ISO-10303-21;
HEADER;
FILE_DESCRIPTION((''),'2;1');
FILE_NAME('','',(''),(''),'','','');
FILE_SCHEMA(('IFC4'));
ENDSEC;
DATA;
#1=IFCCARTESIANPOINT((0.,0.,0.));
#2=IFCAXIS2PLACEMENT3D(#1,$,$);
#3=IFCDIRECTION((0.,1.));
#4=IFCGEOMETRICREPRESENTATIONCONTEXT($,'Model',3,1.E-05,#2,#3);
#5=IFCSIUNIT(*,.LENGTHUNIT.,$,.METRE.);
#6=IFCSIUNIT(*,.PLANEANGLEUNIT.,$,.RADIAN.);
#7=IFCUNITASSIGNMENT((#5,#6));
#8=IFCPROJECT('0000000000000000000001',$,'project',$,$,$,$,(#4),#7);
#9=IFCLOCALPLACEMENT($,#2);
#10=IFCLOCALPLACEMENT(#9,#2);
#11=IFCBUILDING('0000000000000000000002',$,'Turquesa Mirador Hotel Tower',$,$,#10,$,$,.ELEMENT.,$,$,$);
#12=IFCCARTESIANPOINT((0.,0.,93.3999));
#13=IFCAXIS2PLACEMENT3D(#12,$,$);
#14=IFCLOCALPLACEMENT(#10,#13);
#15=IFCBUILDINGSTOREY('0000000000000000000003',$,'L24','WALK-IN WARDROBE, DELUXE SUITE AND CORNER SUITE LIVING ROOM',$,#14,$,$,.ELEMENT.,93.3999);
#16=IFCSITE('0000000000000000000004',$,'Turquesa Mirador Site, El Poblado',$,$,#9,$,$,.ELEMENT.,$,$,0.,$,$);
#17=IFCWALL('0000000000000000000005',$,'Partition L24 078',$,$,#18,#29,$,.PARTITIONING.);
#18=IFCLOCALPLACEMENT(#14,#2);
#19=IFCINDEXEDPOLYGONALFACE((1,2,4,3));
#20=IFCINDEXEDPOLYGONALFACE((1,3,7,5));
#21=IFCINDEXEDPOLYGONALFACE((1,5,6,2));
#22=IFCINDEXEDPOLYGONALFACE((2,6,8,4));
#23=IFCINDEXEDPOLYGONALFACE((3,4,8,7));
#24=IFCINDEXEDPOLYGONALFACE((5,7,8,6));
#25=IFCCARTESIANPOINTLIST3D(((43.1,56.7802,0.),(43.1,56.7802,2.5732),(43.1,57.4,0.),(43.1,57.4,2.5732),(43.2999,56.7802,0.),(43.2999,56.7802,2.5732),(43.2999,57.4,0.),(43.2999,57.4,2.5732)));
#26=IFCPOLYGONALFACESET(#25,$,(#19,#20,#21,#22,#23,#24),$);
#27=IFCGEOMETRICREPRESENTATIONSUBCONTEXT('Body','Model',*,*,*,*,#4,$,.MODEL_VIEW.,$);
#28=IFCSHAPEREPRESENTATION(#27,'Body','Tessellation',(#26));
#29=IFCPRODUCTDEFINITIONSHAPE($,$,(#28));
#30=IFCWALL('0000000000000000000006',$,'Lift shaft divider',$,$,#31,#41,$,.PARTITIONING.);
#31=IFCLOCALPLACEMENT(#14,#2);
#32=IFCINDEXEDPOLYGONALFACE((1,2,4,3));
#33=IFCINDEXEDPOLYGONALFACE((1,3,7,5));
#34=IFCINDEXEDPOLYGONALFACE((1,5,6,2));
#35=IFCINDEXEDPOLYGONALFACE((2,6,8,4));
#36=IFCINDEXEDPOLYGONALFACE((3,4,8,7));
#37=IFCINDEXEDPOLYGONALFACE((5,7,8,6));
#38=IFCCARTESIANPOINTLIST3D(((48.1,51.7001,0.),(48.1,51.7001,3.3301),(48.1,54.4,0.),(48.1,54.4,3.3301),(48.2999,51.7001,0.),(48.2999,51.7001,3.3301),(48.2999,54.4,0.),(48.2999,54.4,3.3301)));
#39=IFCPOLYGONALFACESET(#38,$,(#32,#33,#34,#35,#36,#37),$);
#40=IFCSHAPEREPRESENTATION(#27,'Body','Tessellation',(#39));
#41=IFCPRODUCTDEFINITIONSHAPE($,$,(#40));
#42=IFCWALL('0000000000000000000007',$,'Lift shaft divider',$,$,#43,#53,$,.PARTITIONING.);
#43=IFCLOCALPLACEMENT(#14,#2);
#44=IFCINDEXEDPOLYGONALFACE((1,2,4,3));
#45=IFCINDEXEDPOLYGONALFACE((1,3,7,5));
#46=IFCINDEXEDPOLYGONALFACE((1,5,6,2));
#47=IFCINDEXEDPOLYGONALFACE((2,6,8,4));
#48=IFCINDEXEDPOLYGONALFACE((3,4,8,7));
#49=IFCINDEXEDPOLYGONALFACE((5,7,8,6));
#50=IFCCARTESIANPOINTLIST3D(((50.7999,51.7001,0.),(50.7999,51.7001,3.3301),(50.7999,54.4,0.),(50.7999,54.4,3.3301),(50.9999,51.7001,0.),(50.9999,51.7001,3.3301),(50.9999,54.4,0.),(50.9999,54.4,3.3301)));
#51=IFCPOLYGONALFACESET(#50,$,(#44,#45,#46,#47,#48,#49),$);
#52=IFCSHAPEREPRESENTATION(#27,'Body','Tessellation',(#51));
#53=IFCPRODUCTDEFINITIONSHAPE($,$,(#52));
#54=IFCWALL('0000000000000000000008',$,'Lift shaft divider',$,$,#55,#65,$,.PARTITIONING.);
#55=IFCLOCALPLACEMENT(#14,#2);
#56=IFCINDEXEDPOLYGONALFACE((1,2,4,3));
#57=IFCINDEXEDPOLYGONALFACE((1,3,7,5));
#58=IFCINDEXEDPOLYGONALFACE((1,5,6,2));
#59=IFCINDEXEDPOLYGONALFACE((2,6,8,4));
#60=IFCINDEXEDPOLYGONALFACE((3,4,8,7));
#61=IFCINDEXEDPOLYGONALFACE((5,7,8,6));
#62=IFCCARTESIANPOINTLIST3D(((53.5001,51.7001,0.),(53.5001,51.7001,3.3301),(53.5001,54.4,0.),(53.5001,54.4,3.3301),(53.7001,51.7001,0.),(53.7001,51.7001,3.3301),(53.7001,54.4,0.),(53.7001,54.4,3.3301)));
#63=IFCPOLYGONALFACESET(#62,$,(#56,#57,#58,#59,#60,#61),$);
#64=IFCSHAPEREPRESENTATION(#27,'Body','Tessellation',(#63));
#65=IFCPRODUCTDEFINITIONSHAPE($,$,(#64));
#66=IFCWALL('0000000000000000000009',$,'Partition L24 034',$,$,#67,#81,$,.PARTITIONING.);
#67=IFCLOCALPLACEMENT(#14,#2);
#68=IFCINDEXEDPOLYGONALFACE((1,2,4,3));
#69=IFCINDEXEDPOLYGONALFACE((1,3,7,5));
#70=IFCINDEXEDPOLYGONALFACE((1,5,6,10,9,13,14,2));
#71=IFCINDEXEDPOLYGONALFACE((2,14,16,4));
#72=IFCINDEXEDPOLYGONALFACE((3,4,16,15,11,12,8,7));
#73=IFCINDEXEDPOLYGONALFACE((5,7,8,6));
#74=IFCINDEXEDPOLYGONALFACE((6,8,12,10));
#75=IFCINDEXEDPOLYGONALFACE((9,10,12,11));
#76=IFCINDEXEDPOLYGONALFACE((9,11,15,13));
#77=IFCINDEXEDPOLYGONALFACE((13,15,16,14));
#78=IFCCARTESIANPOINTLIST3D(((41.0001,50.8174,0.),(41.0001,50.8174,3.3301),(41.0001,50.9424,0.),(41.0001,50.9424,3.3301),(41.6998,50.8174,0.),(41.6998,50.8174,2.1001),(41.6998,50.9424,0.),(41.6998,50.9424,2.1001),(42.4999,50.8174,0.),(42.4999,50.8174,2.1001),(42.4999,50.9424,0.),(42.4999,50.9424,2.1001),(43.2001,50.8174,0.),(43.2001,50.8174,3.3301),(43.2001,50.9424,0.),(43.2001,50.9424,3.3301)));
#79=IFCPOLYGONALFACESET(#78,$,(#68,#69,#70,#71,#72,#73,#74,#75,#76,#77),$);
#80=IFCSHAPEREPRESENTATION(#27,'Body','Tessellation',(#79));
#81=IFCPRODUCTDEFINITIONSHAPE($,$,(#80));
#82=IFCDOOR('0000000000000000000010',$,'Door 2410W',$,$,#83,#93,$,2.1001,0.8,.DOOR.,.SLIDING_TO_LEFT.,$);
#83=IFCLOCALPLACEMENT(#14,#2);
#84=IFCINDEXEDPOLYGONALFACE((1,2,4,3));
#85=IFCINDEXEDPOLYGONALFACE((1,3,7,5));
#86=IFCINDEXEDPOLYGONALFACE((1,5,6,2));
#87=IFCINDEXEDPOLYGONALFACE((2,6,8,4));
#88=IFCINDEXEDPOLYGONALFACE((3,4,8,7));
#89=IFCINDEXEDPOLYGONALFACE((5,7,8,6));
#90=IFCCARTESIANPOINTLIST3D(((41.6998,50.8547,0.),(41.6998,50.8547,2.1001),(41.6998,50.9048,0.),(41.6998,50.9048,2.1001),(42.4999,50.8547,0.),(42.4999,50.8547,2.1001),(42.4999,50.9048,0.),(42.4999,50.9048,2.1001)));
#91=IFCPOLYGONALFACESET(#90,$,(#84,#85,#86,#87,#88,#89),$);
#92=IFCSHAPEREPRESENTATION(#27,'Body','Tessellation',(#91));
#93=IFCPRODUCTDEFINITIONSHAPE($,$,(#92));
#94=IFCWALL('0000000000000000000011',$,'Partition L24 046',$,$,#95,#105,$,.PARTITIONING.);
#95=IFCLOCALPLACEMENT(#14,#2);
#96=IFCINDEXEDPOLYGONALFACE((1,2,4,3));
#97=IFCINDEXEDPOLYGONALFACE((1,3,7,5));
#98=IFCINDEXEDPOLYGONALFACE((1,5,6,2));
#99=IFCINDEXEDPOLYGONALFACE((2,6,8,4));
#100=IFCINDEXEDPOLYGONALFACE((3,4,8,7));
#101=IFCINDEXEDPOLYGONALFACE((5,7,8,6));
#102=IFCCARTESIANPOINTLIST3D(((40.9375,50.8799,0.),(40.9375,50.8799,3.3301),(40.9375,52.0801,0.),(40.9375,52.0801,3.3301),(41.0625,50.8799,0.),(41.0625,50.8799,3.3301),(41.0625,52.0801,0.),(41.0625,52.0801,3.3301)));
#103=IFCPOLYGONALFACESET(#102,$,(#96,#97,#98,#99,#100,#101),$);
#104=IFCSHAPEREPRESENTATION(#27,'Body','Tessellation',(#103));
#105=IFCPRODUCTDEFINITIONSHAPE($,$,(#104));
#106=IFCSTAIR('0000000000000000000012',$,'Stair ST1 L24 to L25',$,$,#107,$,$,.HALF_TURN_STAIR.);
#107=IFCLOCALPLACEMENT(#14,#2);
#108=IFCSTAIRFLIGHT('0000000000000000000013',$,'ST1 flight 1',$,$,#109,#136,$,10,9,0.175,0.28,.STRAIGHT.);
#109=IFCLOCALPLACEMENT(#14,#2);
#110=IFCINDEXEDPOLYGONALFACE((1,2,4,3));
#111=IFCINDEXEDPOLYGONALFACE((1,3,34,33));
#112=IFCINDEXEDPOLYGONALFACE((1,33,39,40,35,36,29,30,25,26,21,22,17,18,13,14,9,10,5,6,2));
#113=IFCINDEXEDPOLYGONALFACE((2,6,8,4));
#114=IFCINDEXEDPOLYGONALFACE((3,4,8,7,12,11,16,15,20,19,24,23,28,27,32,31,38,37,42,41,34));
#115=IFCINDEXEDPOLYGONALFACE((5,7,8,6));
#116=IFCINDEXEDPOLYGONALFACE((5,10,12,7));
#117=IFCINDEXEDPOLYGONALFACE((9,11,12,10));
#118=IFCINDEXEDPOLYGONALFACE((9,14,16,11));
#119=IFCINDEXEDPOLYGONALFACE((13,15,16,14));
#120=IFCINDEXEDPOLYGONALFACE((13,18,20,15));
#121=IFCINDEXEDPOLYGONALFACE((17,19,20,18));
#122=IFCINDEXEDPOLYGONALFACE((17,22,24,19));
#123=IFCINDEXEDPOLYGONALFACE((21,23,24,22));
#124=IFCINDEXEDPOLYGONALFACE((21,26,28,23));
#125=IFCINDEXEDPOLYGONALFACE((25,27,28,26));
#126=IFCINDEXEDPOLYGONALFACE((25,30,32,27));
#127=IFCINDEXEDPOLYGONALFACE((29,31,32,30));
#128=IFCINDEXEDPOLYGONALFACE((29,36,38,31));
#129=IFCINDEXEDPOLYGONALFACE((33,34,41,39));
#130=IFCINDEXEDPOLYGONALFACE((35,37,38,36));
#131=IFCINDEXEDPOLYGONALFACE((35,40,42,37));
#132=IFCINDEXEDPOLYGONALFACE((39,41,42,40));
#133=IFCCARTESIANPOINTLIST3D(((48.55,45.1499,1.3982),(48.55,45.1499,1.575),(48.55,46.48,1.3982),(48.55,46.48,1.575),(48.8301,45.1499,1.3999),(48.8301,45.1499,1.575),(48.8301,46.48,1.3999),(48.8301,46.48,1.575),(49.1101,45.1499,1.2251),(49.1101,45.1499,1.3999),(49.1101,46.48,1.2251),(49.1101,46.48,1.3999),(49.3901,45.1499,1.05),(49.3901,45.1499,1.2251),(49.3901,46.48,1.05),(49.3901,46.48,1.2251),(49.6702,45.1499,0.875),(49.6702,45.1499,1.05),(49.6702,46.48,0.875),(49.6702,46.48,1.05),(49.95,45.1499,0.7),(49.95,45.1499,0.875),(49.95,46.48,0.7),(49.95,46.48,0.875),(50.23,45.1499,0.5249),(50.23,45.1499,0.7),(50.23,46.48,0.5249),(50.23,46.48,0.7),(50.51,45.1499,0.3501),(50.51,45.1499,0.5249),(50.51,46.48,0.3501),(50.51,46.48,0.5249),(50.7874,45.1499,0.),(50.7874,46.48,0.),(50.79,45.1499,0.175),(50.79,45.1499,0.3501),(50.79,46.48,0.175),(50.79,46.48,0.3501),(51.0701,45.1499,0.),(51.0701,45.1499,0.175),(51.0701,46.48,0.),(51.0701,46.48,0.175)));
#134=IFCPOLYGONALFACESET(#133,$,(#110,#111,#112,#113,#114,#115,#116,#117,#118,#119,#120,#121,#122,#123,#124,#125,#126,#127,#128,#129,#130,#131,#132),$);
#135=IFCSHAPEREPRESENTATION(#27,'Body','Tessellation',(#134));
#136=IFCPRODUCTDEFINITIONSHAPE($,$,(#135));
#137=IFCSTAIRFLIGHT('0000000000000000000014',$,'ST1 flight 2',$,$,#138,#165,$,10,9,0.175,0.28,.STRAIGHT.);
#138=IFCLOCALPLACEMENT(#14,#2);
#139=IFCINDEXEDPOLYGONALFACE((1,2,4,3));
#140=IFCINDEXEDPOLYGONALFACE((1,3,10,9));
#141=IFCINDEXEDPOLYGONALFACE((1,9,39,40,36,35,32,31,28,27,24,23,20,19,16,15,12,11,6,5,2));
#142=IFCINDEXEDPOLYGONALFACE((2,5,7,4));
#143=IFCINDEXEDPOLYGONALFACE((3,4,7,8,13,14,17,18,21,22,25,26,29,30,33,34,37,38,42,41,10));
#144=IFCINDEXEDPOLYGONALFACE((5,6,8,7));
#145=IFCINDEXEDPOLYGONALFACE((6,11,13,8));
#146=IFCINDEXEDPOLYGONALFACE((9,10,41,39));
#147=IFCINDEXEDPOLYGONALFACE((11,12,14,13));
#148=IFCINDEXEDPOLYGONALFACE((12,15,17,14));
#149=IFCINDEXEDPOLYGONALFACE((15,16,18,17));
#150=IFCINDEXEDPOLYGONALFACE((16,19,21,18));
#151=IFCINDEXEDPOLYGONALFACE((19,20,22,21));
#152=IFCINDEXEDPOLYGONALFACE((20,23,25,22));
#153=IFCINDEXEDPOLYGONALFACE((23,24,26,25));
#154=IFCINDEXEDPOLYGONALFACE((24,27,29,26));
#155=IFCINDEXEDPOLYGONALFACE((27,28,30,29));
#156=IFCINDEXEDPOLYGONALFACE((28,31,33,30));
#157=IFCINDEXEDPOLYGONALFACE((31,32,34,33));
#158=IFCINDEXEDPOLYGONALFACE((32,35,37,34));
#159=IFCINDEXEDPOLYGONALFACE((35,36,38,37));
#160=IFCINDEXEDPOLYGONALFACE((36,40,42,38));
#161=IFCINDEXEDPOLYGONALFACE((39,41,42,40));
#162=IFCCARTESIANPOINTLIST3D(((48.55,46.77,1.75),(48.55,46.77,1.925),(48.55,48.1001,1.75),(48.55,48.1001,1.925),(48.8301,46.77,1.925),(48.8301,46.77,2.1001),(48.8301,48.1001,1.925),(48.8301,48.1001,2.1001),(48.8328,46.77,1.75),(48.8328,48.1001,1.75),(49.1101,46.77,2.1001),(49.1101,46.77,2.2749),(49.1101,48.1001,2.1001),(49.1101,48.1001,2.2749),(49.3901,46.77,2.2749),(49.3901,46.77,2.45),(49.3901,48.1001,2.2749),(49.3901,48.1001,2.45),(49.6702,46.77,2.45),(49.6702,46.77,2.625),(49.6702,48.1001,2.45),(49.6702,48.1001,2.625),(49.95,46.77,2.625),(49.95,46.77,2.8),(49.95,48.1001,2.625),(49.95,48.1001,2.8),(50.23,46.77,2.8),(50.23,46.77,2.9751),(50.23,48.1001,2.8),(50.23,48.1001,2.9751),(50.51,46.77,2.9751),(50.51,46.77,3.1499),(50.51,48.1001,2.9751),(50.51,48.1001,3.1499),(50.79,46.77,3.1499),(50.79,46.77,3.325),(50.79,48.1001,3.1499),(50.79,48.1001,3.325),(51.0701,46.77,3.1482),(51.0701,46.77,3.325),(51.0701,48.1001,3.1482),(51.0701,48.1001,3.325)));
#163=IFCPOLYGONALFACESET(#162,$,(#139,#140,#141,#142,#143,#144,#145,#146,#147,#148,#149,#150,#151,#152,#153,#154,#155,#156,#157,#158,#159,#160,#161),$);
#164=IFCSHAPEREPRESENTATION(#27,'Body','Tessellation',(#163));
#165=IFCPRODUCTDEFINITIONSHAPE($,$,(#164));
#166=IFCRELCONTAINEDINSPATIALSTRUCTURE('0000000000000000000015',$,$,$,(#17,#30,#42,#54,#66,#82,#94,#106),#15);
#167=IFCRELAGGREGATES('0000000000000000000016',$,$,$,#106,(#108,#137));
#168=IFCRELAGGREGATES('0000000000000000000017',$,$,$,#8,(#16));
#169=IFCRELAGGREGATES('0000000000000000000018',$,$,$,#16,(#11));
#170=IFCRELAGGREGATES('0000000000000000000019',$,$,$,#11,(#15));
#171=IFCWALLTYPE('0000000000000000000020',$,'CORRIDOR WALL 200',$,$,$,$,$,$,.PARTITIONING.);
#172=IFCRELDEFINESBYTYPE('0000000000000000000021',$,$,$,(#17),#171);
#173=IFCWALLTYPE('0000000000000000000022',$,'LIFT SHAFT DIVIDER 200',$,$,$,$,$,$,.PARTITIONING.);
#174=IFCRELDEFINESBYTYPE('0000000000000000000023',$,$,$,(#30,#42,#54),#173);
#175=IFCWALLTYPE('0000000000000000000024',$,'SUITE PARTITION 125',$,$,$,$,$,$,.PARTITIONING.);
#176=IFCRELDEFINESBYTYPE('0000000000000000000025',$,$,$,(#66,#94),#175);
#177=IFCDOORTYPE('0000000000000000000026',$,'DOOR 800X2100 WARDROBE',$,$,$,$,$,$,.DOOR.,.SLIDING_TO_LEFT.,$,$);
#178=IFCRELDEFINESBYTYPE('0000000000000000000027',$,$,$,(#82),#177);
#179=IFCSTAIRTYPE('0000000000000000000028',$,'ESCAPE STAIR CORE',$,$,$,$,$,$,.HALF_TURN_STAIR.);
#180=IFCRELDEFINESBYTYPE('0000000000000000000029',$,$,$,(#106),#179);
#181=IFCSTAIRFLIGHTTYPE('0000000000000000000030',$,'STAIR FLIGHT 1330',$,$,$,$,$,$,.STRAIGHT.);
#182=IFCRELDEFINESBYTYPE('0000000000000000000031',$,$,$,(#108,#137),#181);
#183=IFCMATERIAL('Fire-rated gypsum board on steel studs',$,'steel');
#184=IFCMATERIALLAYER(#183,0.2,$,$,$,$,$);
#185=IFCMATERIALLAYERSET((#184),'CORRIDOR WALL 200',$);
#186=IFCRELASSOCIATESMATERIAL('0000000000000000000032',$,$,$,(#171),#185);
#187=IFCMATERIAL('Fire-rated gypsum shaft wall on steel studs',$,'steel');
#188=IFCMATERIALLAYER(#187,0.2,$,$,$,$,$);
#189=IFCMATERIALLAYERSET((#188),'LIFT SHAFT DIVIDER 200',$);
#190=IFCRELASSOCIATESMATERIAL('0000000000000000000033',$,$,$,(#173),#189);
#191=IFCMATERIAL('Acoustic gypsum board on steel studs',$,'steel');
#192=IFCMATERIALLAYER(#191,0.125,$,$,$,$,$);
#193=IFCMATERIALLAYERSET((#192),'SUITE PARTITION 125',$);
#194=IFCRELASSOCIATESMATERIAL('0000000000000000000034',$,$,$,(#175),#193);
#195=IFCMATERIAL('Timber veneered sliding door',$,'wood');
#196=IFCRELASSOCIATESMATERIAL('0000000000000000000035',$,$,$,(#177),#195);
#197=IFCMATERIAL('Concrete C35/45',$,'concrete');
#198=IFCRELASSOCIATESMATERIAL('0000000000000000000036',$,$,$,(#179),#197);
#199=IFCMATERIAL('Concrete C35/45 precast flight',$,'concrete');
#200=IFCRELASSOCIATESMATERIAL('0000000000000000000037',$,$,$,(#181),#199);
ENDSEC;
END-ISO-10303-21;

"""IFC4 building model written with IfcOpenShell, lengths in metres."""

from ifc_helpers import new_model, si_unit, direction, frame, frame_2d, origin, place, context, subcontext, project, spatial, polyline, rectangle, outline, extrude, material, layer, layer_set, type_object, element, fill, aggregate, save


model = new_model("IFC4")

# Units and contexts
model_context = context("Model", 3, precision=1e-05, world=origin(), true_north=direction((0.0, 1.0)))
body_context = subcontext(model_context, "Body", "Model", "MODEL_VIEW")
ifc_project = project(units=[si_unit("LENGTHUNIT", "METRE"), si_unit("PLANEANGLEUNIT", "RADIAN")], contexts=[model_context])

# Site, building, storey
site_placement = place(None, origin())
site = spatial("IfcSite", under=ifc_project, at=site_placement, Name="Turquesa Mirador Site, El Poblado", CompositionType="ELEMENT", RefElevation=0.0)
building_placement = place(site_placement, origin())
building = spatial("IfcBuilding", under=site, at=building_placement, Name="Turquesa Mirador Hotel Tower", CompositionType="ELEMENT")
storey_placement = place(building_placement, frame((0.0, 0.0, 93.3999)))
storey = spatial("IfcBuildingStorey", under=building, at=storey_placement, Name="L24", Description="WALK-IN WARDROBE, DELUXE SUITE AND CORNER SUITE LIVING ROOM", CompositionType="ELEMENT", Elevation=93.3999)

# Walls
ifc_material_1 = material(Name="Fire-rated gypsum board on steel studs", Category="steel")
ifc_layer_1 = layer(ifc_material_1, 0.2)
ifc_layer_set_1 = layer_set([ifc_layer_1], Name="CORRIDOR WALL 200")
wall_type_1 = type_object("IfcWallType", Name="CORRIDOR WALL 200", PredefinedType="PARTITIONING", material=ifc_layer_set_1)
wall_1_placement = place(storey_placement, frame((43.2, 56.78, 0.0), z_axis=(0.0, 0.0, 1.0), x_axis=(0.0, 1.0, 0.0)))
element("IfcWall", 1, at=wall_1_placement, inside=storey, type_object=wall_type_1, Name="Partition L24 078", PredefinedType="PARTITIONING", context=body_context, shape_type="SweptSolid", body=[
    extrude(rectangle(XDim=0.6199, YDim=0.2, at=frame_2d((0.3101, 0.0))), origin(), (0.0, 0.0, 1.0), 2.5732),
])
ifc_material_2 = material(Name="Fire-rated gypsum shaft wall on steel studs", Category="steel")
ifc_layer_2 = layer(ifc_material_2, 0.2)
ifc_layer_set_2 = layer_set([ifc_layer_2], Name="LIFT SHAFT DIVIDER 200")
wall_type_2 = type_object("IfcWallType", Name="LIFT SHAFT DIVIDER 200", PredefinedType="PARTITIONING", material=ifc_layer_set_2)
for number, where, z_axis, x_axis, name in (
    (2, (48.2, 51.7, 0.0), (0.0, 0.0, 1.0), (0.0, 1.0, 0.0), "Lift shaft divider"),
    (3, (50.8999, 51.7, 0.0), (0.0, 0.0, 1.0), (0.0, 1.0, 0.0), "Lift shaft divider"),
    (4, (53.6001, 51.7, 0.0), (0.0, 0.0, 1.0), (0.0, 1.0, 0.0), "Lift shaft divider"),
):
    element("IfcWall", number, at=place(storey_placement, frame(where, z_axis=z_axis, x_axis=x_axis)), inside=storey, type_object=wall_type_2, Name=name, PredefinedType="PARTITIONING", context=body_context, shape_type="SweptSolid", body=[
        extrude(rectangle(XDim=2.7, YDim=0.2, at=frame_2d((1.3501, 0.0))), origin(), (0.0, 0.0, 1.0), 3.3301),
    ])

# Wall, opening, door
ifc_material_3 = material(Name="Acoustic gypsum board on steel studs", Category="steel")
ifc_layer_3 = layer(ifc_material_3, 0.125)
ifc_layer_set_3 = layer_set([ifc_layer_3], Name="SUITE PARTITION 125")
wall_type_3 = type_object("IfcWallType", Name="SUITE PARTITION 125", PredefinedType="PARTITIONING", material=ifc_layer_set_3)
wall_2_placement = place(storey_placement, frame((41.0, 50.8799, 0.0), z_axis=(0.0, 0.0, 1.0), x_axis=(1.0, 0.0, 0.0)))
wall_2 = element("IfcWall", 5, at=wall_2_placement, inside=storey, type_object=wall_type_3, Name="Partition L24 034", PredefinedType="PARTITIONING", context=body_context, shape_type="SweptSolid", body=[
    extrude(rectangle(XDim=2.2, YDim=0.125, at=frame_2d((1.1001, 0.0))), origin(), (0.0, 0.0, 1.0), 3.3301),
])
opening_1_placement = place(wall_2_placement, frame((0.7, 0.0, 0.0)))
opening_1 = element("IfcOpeningElement", 6, at=opening_1_placement, cuts=wall_2, PredefinedType="OPENING", context=body_context, shape_type="SweptSolid", body=[
    extrude(rectangle(XDim=0.8, YDim=2.1001, at=frame_2d((0.3999, 1.05))), frame((0.0, 0.0725, 0.0), z_axis=(0.0, -1.0, 0.0), x_axis=(1.0, 0.0, 0.0)), (0.0, 0.0, 1.0), 0.145),
])
ifc_material_4 = material(Name="Timber veneered sliding door", Category="wood")
door_type_1 = type_object("IfcDoorType", Name="DOOR 800X2100 WARDROBE", OperationType="SLIDING_TO_LEFT", PredefinedType="DOOR", material=ifc_material_4)
door_1_placement = place(opening_1_placement, origin())
door_1 = element("IfcDoor", 7, at=door_1_placement, inside=storey, type_object=door_type_1, Name="Door 2410W", OperationType="SLIDING_TO_LEFT", OverallHeight=2.1001, OverallWidth=0.8, PredefinedType="DOOR", context=body_context, shape_type="SweptSolid", body=[
    extrude(rectangle(XDim=0.8, YDim=2.1001, at=frame_2d((0.3999, 1.05))), frame((0.0, 0.0249, 0.0), z_axis=(0.0, -1.0, 0.0), x_axis=(1.0, 0.0, 0.0)), (0.0, 0.0, 1.0), 0.05),
])
fill(opening_1, door_1)

# Wall
wall_3_placement = place(storey_placement, frame((41.0, 50.8799, 0.0), z_axis=(0.0, 0.0, 1.0), x_axis=(0.0, 1.0, 0.0)))
element("IfcWall", 8, at=wall_3_placement, inside=storey, type_object=wall_type_3, Name="Partition L24 046", PredefinedType="PARTITIONING", context=body_context, shape_type="SweptSolid", body=[
    extrude(rectangle(XDim=1.2002, YDim=0.125, at=frame_2d((0.6001, 0.0))), origin(), (0.0, 0.0, 1.0), 3.3301),
])

# Stair, stair flights
ifc_material_5 = material(Name="Concrete C35/45", Category="concrete")
stair_type = type_object("IfcStairType", Name="ESCAPE STAIR CORE", PredefinedType="HALF_TURN_STAIR", material=ifc_material_5)
stair_1_placement = place(storey_placement, origin())
stair_1 = element("IfcStair", 9, at=stair_1_placement, inside=storey, type_object=stair_type, Name="Stair ST1 L24 to L25", PredefinedType="HALF_TURN_STAIR")
ifc_material_6 = material(Name="Concrete C35/45 precast flight", Category="concrete")
stair_flight_type = type_object("IfcStairFlightType", Name="STAIR FLIGHT 1330", PredefinedType="STRAIGHT", material=ifc_material_6)
stair_flight_1_placement = place(storey_placement, frame((51.0701, 45.8149, 0.0), z_axis=(0.0, 0.0, 1.0), x_axis=(-1.0, 0.0, 0.0)))
stair_flight_1 = element("IfcStairFlight", 10, at=stair_flight_1_placement, type_object=stair_flight_type, Name="ST1 flight 1", NumberOfRisers=10, NumberOfTreads=9, PredefinedType="STRAIGHT", RiserHeight=0.175, TreadLength=0.28, context=body_context, shape_type="SweptSolid", body=[
    extrude(outline(polyline([(0.0, 0.0), (0.0, 0.175), (0.28, 0.175), (0.28, 0.3501), (0.5601, 0.3501), (0.5601, 0.5249), (0.8401, 0.5249), (0.8401, 0.7), (1.1201, 0.7), (1.1201, 0.875), (1.3999, 0.875), (1.3999, 1.05), (1.6799, 1.05), (1.6799, 1.2251), (1.96, 1.2251), (1.96, 1.3999), (2.24, 1.3999), (2.24, 1.575), (2.52, 1.575), (2.52, 1.75), (2.52, 1.3982), (0.2827, 0.0), (0.0, 0.0)])), frame((0.0, 0.665, 0.0), z_axis=(0.0, -1.0, 0.0), x_axis=(1.0, 0.0, 0.0)), (0.0, 0.0, 1.0), 1.3301),
])
stair_flight_2_placement = place(storey_placement, frame((48.55, 47.4351, 1.75), z_axis=(0.0, 0.0, 1.0), x_axis=(1.0, 0.0, 0.0)))
stair_flight_2 = element("IfcStairFlight", 11, at=stair_flight_2_placement, type_object=stair_flight_type, Name="ST1 flight 2", NumberOfRisers=10, NumberOfTreads=9, PredefinedType="STRAIGHT", RiserHeight=0.175, TreadLength=0.28, context=body_context, shape_type="SweptSolid", body=[
    extrude(outline(polyline([(0.0, 0.0), (0.0, 0.175), (0.28, 0.175), (0.28, 0.3501), (0.5601, 0.3501), (0.5601, 0.5249), (0.8401, 0.5249), (0.8401, 0.7), (1.1201, 0.7), (1.1201, 0.875), (1.3999, 0.875), (1.3999, 1.05), (1.6799, 1.05), (1.6799, 1.2251), (1.96, 1.2251), (1.96, 1.3999), (2.24, 1.3999), (2.24, 1.575), (2.52, 1.575), (2.52, 1.75), (2.52, 1.3982), (0.2827, 0.0), (0.0, 0.0)])), frame((0.0, 0.665, 0.0), z_axis=(0.0, -1.0, 0.0), x_axis=(1.0, 0.0, 0.0)), (0.0, 0.0, 1.0), 1.3301),
])
aggregate(stair_1, [stair_flight_1, stair_flight_2])

save(model, "model.ifc")
